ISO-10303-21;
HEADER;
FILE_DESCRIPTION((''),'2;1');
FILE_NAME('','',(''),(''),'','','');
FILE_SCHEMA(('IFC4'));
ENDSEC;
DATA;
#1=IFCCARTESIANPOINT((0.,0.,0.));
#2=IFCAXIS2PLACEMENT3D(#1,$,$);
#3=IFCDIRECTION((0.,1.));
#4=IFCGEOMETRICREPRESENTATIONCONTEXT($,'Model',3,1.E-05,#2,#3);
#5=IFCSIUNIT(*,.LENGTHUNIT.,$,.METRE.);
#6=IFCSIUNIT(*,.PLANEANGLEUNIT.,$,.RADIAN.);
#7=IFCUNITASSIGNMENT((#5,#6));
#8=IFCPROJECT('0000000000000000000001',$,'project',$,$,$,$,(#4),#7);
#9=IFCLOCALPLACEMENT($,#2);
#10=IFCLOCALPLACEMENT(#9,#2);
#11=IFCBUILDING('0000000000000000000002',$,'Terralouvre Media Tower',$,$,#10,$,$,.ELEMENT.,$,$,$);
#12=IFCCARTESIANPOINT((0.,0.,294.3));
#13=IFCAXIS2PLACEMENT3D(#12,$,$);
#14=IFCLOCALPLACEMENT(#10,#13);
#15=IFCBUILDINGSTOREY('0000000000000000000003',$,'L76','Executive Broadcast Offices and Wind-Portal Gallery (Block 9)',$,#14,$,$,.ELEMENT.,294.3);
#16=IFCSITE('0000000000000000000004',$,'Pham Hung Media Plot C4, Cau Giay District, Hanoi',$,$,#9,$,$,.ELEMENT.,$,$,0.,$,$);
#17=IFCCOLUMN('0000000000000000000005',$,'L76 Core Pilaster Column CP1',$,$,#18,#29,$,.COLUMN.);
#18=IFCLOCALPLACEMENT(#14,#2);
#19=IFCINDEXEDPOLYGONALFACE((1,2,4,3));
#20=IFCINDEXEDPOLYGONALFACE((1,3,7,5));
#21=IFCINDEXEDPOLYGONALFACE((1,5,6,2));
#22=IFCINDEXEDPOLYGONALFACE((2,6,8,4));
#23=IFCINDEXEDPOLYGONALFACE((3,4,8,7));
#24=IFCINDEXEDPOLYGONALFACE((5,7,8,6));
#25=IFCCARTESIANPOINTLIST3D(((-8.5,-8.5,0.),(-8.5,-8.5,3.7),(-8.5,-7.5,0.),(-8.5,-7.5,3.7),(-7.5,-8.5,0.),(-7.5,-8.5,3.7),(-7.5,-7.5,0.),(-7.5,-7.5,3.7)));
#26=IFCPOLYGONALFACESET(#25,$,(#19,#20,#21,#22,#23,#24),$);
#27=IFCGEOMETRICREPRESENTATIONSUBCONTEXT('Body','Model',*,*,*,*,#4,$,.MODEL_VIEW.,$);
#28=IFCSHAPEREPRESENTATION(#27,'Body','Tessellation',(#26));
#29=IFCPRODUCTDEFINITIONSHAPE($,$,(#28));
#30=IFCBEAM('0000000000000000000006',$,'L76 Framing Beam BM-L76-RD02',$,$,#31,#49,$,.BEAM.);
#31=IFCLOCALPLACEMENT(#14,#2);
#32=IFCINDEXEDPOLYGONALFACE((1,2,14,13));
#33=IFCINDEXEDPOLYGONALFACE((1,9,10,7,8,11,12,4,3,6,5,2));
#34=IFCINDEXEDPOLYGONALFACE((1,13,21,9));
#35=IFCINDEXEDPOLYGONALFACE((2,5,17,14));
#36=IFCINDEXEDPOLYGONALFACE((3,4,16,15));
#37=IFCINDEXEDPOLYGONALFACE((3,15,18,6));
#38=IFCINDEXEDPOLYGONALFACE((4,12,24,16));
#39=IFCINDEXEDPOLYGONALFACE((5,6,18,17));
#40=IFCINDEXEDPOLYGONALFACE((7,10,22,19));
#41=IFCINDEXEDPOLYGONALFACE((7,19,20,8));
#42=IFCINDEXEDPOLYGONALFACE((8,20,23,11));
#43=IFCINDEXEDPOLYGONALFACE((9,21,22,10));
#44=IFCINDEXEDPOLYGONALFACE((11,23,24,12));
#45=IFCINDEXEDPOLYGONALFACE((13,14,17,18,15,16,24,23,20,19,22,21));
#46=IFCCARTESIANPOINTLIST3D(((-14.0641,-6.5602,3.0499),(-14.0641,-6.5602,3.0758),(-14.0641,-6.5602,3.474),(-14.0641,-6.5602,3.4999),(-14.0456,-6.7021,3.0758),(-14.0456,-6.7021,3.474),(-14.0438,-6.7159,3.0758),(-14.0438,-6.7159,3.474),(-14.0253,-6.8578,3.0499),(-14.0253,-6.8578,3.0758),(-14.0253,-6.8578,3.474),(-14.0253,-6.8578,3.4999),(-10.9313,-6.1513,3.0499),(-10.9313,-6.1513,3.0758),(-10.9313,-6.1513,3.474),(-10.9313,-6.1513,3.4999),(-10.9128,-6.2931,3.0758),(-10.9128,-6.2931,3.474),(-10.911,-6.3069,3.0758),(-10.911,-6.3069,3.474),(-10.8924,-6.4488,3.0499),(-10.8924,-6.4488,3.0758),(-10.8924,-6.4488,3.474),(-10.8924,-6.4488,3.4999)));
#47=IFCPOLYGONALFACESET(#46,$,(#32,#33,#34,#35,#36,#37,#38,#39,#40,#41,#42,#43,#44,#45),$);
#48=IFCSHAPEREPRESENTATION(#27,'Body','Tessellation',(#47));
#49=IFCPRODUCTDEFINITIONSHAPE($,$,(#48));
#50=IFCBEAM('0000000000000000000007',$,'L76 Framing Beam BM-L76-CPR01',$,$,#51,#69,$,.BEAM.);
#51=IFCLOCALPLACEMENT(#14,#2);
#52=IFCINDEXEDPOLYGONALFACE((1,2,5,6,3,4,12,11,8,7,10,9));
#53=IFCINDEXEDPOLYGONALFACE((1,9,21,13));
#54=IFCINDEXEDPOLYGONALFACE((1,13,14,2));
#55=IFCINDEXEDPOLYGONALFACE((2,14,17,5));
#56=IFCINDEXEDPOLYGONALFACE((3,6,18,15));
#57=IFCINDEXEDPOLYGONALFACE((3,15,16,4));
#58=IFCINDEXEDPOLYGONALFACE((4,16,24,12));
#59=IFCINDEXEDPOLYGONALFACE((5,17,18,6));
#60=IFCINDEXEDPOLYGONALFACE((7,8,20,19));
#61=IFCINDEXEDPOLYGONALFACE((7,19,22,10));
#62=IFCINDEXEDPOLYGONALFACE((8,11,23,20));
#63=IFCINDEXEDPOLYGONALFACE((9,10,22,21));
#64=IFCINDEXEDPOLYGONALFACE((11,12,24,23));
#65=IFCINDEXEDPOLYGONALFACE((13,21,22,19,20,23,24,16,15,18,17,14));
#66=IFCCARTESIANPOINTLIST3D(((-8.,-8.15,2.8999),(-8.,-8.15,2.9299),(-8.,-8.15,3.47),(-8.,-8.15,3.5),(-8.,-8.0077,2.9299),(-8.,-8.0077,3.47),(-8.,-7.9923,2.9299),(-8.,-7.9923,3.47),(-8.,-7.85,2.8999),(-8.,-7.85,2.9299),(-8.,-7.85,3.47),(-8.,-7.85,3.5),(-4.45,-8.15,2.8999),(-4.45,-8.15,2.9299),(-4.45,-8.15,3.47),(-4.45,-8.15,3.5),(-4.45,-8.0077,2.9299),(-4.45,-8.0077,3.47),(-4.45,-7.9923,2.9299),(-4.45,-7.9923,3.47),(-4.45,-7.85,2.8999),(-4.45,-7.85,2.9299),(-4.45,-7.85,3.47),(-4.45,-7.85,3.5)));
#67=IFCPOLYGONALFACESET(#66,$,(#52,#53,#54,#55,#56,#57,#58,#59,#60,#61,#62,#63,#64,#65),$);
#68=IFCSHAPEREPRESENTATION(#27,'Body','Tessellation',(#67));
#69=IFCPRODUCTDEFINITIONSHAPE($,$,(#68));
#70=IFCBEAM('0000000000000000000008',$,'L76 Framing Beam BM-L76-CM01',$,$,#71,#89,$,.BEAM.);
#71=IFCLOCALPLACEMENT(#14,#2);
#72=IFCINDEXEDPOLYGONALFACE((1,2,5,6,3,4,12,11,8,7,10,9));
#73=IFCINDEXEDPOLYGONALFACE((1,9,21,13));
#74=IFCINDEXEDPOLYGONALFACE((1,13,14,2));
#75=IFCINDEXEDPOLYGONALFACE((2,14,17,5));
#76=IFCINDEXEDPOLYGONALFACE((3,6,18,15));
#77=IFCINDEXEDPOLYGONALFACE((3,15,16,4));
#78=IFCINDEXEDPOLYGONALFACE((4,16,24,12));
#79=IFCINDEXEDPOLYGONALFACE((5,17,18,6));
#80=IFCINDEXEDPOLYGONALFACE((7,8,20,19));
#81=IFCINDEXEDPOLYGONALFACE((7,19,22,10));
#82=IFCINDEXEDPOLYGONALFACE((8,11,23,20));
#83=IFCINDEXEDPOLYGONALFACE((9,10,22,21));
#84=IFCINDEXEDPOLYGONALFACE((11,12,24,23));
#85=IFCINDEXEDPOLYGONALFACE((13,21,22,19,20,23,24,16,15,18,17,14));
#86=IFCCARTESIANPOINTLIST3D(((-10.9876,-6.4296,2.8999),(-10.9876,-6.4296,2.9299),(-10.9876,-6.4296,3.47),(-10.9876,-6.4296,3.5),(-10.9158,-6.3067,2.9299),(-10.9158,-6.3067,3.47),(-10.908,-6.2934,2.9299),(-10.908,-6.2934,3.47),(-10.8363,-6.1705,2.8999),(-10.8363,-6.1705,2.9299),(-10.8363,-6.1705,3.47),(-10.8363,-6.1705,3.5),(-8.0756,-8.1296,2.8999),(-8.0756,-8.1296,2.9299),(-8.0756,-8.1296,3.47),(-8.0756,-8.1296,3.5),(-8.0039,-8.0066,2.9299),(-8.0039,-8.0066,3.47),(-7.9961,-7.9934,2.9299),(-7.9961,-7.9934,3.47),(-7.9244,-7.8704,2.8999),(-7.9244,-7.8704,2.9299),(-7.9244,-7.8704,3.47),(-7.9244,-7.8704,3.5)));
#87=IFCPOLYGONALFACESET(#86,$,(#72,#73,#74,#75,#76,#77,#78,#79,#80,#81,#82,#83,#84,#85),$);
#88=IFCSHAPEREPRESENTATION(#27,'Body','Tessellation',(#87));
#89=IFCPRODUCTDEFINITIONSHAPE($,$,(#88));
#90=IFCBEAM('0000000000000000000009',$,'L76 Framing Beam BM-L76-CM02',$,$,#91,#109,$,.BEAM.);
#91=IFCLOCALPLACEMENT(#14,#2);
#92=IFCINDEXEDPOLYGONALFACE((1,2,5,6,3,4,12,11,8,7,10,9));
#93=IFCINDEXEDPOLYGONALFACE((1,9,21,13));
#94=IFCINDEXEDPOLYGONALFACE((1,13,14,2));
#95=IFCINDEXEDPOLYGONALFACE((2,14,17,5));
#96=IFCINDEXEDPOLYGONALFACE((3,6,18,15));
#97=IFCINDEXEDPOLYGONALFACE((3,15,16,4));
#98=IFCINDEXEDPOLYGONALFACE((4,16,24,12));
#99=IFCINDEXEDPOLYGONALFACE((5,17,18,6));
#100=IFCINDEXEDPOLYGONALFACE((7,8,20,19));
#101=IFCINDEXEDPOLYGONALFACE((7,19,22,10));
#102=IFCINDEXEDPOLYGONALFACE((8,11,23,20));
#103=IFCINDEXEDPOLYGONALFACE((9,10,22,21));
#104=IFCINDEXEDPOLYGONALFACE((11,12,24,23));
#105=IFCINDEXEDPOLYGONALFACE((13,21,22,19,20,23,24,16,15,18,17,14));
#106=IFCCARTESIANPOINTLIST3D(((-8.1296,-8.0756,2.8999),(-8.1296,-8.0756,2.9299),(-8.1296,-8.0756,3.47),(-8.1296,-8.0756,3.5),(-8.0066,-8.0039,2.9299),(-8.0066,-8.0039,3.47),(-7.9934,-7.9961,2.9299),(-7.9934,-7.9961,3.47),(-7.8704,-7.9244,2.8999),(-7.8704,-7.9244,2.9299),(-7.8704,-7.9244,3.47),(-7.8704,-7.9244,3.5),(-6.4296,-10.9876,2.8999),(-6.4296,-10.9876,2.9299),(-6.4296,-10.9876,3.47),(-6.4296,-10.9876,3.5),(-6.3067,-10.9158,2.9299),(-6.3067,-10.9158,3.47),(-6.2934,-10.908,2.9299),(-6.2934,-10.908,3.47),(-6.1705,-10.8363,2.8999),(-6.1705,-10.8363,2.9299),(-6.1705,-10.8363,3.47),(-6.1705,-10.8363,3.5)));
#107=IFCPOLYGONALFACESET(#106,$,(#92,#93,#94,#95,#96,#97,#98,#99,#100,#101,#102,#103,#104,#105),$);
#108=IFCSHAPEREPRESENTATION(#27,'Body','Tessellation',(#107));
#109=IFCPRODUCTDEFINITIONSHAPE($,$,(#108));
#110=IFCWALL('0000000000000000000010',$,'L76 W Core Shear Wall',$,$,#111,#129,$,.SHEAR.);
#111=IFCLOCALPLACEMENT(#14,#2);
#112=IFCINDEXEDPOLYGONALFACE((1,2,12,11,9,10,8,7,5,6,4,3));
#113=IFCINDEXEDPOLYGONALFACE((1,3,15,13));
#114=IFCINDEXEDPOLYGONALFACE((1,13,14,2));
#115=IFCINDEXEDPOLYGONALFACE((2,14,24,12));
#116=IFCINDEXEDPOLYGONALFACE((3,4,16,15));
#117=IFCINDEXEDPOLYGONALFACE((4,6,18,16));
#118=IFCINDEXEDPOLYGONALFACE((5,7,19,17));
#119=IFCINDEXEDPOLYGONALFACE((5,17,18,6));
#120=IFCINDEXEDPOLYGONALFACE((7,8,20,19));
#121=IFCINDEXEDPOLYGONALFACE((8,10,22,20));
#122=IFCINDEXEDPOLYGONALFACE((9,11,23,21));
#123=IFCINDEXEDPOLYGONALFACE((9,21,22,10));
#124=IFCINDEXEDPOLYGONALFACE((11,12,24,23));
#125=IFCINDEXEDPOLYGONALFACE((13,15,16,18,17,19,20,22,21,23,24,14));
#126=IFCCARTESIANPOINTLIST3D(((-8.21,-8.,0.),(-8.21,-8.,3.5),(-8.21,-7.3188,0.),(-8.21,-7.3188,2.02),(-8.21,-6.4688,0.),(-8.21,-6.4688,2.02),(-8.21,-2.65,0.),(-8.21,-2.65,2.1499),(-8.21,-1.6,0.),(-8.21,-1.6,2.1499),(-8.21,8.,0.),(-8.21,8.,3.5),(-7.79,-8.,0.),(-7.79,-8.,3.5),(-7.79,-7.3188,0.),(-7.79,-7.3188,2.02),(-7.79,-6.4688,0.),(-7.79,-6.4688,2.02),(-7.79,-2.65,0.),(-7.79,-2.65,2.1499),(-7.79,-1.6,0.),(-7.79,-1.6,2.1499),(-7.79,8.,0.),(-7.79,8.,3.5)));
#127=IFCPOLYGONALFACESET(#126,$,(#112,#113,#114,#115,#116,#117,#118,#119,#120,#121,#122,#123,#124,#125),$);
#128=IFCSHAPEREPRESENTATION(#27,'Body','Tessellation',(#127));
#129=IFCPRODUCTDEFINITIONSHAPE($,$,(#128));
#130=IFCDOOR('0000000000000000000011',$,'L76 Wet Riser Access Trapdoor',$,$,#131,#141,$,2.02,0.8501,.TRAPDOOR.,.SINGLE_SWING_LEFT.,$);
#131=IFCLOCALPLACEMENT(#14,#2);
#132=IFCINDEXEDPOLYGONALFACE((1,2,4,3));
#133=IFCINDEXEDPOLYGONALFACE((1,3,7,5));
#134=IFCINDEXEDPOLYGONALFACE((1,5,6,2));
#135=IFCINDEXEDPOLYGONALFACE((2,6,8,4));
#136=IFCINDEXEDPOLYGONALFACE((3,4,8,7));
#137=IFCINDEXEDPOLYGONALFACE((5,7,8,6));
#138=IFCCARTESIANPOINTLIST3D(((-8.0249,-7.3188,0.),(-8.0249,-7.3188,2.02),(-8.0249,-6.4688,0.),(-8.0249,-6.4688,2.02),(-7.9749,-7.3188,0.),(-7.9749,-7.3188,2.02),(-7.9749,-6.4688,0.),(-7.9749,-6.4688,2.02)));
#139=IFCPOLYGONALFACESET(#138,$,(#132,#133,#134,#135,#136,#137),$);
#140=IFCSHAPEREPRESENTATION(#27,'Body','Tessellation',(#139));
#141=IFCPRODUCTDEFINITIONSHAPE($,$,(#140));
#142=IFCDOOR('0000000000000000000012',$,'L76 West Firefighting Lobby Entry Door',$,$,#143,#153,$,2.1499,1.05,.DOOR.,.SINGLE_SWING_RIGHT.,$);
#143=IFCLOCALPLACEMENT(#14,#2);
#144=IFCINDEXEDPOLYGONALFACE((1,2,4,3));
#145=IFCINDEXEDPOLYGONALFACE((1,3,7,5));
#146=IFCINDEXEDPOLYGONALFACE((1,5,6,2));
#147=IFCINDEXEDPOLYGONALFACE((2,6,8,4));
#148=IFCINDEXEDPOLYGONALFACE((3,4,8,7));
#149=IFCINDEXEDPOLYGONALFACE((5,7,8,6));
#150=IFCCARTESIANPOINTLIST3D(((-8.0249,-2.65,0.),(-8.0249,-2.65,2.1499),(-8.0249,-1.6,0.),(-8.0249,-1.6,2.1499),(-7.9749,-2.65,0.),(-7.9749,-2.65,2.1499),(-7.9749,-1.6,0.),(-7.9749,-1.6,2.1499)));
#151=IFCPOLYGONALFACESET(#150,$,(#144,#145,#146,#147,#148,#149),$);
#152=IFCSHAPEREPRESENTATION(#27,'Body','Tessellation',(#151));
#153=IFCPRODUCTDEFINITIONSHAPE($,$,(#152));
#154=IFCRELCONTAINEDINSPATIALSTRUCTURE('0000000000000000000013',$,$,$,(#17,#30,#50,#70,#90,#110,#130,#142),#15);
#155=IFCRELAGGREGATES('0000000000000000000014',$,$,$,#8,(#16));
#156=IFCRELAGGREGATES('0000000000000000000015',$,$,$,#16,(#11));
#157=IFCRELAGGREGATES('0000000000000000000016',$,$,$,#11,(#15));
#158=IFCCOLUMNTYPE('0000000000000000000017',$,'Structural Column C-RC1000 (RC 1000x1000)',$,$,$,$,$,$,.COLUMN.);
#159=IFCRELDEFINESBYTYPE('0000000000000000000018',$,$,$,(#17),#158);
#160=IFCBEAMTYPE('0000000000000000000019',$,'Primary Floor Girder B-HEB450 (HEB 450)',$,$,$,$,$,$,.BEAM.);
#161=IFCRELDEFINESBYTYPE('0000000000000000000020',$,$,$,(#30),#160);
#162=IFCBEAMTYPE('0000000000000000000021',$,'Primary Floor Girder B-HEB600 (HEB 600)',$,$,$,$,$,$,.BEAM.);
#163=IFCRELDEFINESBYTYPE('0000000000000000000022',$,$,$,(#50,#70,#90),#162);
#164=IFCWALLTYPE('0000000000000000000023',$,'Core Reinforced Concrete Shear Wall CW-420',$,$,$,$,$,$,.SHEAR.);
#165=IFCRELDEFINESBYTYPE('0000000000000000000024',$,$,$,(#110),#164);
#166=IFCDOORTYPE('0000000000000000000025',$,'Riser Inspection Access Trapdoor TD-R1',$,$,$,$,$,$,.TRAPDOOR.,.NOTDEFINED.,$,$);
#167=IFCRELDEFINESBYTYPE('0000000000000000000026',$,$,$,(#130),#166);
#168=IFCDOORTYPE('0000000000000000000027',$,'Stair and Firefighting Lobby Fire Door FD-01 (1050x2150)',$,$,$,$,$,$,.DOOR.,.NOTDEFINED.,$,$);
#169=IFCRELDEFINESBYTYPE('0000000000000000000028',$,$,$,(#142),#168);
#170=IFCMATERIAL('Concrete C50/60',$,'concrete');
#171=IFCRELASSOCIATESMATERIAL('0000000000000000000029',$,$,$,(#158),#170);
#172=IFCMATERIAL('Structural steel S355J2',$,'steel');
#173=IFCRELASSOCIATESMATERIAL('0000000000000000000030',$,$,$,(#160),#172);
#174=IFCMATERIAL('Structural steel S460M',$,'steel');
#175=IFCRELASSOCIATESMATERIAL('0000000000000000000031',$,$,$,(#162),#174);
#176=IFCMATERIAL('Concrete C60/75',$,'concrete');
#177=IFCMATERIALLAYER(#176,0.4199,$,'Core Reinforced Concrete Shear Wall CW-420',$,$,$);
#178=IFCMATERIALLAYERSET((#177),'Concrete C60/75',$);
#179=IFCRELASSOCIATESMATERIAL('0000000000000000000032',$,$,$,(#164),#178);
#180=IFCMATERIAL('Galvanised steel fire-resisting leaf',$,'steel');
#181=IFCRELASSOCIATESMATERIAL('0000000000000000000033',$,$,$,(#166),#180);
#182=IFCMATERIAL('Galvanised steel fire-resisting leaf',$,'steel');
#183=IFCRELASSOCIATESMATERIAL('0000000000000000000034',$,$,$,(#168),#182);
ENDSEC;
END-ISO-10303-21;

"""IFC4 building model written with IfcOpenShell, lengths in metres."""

from ifc_helpers import new_model, si_unit, direction, frame, frame_2d, origin, origin_2d, place, context, subcontext, project, spatial, rectangle, i_section, extrude, material, layer, layer_set, material_profile, profile_set, type_object, element, fill, save


model = new_model("IFC4")

# Units and contexts
model_context = context("Model", 3, precision=1e-05, world=origin(), true_north=direction((0.0, 1.0)))
body_context = subcontext(model_context, "Body", "Model", "MODEL_VIEW")
ifc_project = project(units=[si_unit("LENGTHUNIT", "METRE"), si_unit("PLANEANGLEUNIT", "RADIAN")], contexts=[model_context])

# Site, building, storey
site_placement = place(None, origin())
site = spatial("IfcSite", under=ifc_project, at=site_placement, Name="Pham Hung Media Plot C4, Cau Giay District, Hanoi", CompositionType="ELEMENT", RefElevation=0.0)
building_placement = place(site_placement, origin())
building = spatial("IfcBuilding", under=site, at=building_placement, Name="Terralouvre Media Tower", CompositionType="ELEMENT")
storey_placement = place(building_placement, frame((0.0, 0.0, 294.3)))
storey = spatial("IfcBuildingStorey", under=building, at=storey_placement, Name="L76", Description="Executive Broadcast Offices and Wind-Portal Gallery (Block 9)", CompositionType="ELEMENT", Elevation=294.3)

# Column
ifc_material_1 = material(Name="Concrete C50/60", Category="concrete")
ifc_material_profile_1 = material_profile(ifc_material_1, rectangle(XDim=1.0, YDim=1.0, at=origin_2d()), Name="RC 1000x1000")
ifc_profile_set_1 = profile_set([ifc_material_profile_1], Name="Concrete C50/60")
column_type = type_object("IfcColumnType", Name="Structural Column C-RC1000 (RC 1000x1000)", PredefinedType="COLUMN", material=ifc_profile_set_1)
column_placement = place(storey_placement, frame((-8.0, -8.0, 0.0), z_axis=(0.0, 0.0, 1.0), x_axis=(1.0, 0.0, 0.0)))
element("IfcColumn", 1, at=column_placement, inside=storey, type_object=column_type, Name="L76 Core Pilaster Column CP1", PredefinedType="COLUMN", context=body_context, shape_type="SweptSolid", body=[
    extrude(rectangle(XDim=1.0, YDim=1.0, at=origin_2d()), origin(), (0.0, 0.0, 1.0), 3.7),
])

# Beams
ifc_material_2 = material(Name="Structural steel S355J2", Category="steel")
ifc_material_profile_2 = material_profile(ifc_material_2, i_section(OverallWidth=0.3, OverallDepth=0.45, WebThickness=0.0139, FlangeThickness=0.0259, at=origin_2d()), Name="HEB 450")
ifc_profile_set_2 = profile_set([ifc_material_profile_2], Name="Structural steel S355J2")
beam_type_1 = type_object("IfcBeamType", Name="Primary Floor Girder B-HEB450 (HEB 450)", PredefinedType="BEAM", material=ifc_profile_set_2)
beam_1_placement = place(storey_placement, frame((-10.9119, -6.3, 3.2749), z_axis=(-0.991588, -0.129435, 0.0), x_axis=(0.129435, -0.991588, 0.0)))
element("IfcBeam", 2, at=beam_1_placement, inside=storey, type_object=beam_type_1, Name="L76 Framing Beam BM-L76-RD02", PredefinedType="BEAM", context=body_context, shape_type="SweptSolid", body=[
    extrude(i_section(OverallWidth=0.3, OverallDepth=0.45, WebThickness=0.0139, FlangeThickness=0.0259, at=origin_2d()), origin(), (0.0, 0.0, 1.0), 3.1594),
])
ifc_material_3 = material(Name="Structural steel S460M", Category="steel")
ifc_material_profile_3 = material_profile(ifc_material_3, i_section(OverallWidth=0.3, OverallDepth=0.6001, WebThickness=0.0154, FlangeThickness=0.03, at=origin_2d()), Name="HEB 600")
ifc_profile_set_3 = profile_set([ifc_material_profile_3], Name="Structural steel S460M")
beam_type_2 = type_object("IfcBeamType", Name="Primary Floor Girder B-HEB600 (HEB 600)", PredefinedType="BEAM", material=ifc_profile_set_3)
beam_2_placement = place(storey_placement, frame((-8.0, -8.0, 3.2), z_axis=(1.0, 0.0, 0.0), x_axis=(0.0, 1.0, 0.0)))
element("IfcBeam", 3, at=beam_2_placement, inside=storey, type_object=beam_type_2, Name="L76 Framing Beam BM-L76-CPR01", PredefinedType="BEAM", context=body_context, shape_type="SweptSolid", body=[
    extrude(i_section(OverallWidth=0.3, OverallDepth=0.6001, WebThickness=0.0154, FlangeThickness=0.03, at=origin_2d()), origin(), (0.0, 0.0, 1.0), 3.55),
])
for number, where, z_axis, x_axis, name in (
    (4, (-8.0, -8.0, 3.2), (-0.863603, 0.504173, 0.0), (-0.504173, -0.863603, 0.0), "L76 Framing Beam BM-L76-CM01"),
    (5, (-8.0, -8.0, 3.2), (0.504173, -0.863603, 0.0), (0.863603, 0.504173, 0.0), "L76 Framing Beam BM-L76-CM02"),
):
    element("IfcBeam", number, at=place(storey_placement, frame(where, z_axis=z_axis, x_axis=x_axis)), inside=storey, type_object=beam_type_2, Name=name, PredefinedType="BEAM", context=body_context, shape_type="SweptSolid", body=[
        extrude(i_section(OverallWidth=0.3, OverallDepth=0.6001, WebThickness=0.0154, FlangeThickness=0.03, at=origin_2d()), origin(), (0.0, 0.0, 1.0), 3.3718),
    ])

# Wall, openings, doors
ifc_material_4 = material(Name="Concrete C60/75", Category="concrete")
ifc_layer_1 = layer(ifc_material_4, 0.4199, Name="Core Reinforced Concrete Shear Wall CW-420")
ifc_layer_set_1 = layer_set([ifc_layer_1], Name="Concrete C60/75")
wall_type_1 = type_object("IfcWallType", Name="Core Reinforced Concrete Shear Wall CW-420", PredefinedType="SHEAR", material=ifc_layer_set_1)
wall_1_placement = place(storey_placement, frame((-8.0, -8.0, 0.0), z_axis=(0.0, 0.0, 1.0), x_axis=(0.0, 1.0, 0.0)))
wall_1 = element("IfcWall", 6, at=wall_1_placement, inside=storey, type_object=wall_type_1, Name="L76 W Core Shear Wall", PredefinedType="SHEAR", context=body_context, shape_type="SweptSolid", body=[
    extrude(rectangle(XDim=16.0, YDim=0.4199, at=frame_2d((8.0, 0.0))), origin(), (0.0, 0.0, 1.0), 3.5),
])
opening_1_placement = place(wall_1_placement, frame((0.6812, 0.0, 0.0)))
opening_1 = element("IfcOpeningElement", 7, at=opening_1_placement, cuts=wall_1, PredefinedType="OPENING", context=body_context, shape_type="SweptSolid", body=[
    extrude(rectangle(XDim=0.8501, YDim=2.02, at=frame_2d((0.425, 1.01))), frame((0.0, 0.22, 0.0), z_axis=(0.0, -1.0, 0.0), x_axis=(1.0, 0.0, 0.0)), (0.0, 0.0, 1.0), 0.4399),
])
opening_2_placement = place(wall_1_placement, frame((5.3501, 0.0, 0.0)))
opening_2 = element("IfcOpeningElement", 8, at=opening_2_placement, cuts=wall_1, PredefinedType="OPENING", context=body_context, shape_type="SweptSolid", body=[
    extrude(rectangle(XDim=1.05, YDim=2.1499, at=frame_2d((0.5249, 1.075))), frame((0.0, 0.22, 0.0), z_axis=(0.0, -1.0, 0.0), x_axis=(1.0, 0.0, 0.0)), (0.0, 0.0, 1.0), 0.4399),
])
ifc_material_5 = material(Name="Galvanised steel fire-resisting leaf", Category="steel")
door_type_1 = type_object("IfcDoorType", Name="Riser Inspection Access Trapdoor TD-R1", OperationType="NOTDEFINED", PredefinedType="TRAPDOOR", material=ifc_material_5)
door_1_placement = place(opening_1_placement, origin())
door_1 = element("IfcDoor", 9, at=door_1_placement, inside=storey, type_object=door_type_1, Name="L76 Wet Riser Access Trapdoor", OperationType="SINGLE_SWING_LEFT", OverallHeight=2.02, OverallWidth=0.8501, PredefinedType="TRAPDOOR", context=body_context, shape_type="SweptSolid", body=[
    extrude(rectangle(XDim=0.8501, YDim=2.02, at=frame_2d((0.425, 1.01))), frame((0.0, 0.0249, 0.0), z_axis=(0.0, -1.0, 0.0), x_axis=(1.0, 0.0, 0.0)), (0.0, 0.0, 1.0), 0.05),
])
fill(opening_1, door_1)
ifc_material_6 = material(Name="Galvanised steel fire-resisting leaf", Category="steel")
door_type_2 = type_object("IfcDoorType", Name="Stair and Firefighting Lobby Fire Door FD-01 (1050x2150)", OperationType="NOTDEFINED", PredefinedType="DOOR", material=ifc_material_6)
door_2_placement = place(opening_2_placement, origin())
door_2 = element("IfcDoor", 10, at=door_2_placement, inside=storey, type_object=door_type_2, Name="L76 West Firefighting Lobby Entry Door", OperationType="SINGLE_SWING_RIGHT", OverallHeight=2.1499, OverallWidth=1.05, PredefinedType="DOOR", context=body_context, shape_type="SweptSolid", body=[
    extrude(rectangle(XDim=1.05, YDim=2.1499, at=frame_2d((0.5249, 1.075))), frame((0.0, 0.0249, 0.0), z_axis=(0.0, -1.0, 0.0), x_axis=(1.0, 0.0, 0.0)), (0.0, 0.0, 1.0), 0.05),
])
fill(opening_2, door_2)

save(model, "model.ifc")
